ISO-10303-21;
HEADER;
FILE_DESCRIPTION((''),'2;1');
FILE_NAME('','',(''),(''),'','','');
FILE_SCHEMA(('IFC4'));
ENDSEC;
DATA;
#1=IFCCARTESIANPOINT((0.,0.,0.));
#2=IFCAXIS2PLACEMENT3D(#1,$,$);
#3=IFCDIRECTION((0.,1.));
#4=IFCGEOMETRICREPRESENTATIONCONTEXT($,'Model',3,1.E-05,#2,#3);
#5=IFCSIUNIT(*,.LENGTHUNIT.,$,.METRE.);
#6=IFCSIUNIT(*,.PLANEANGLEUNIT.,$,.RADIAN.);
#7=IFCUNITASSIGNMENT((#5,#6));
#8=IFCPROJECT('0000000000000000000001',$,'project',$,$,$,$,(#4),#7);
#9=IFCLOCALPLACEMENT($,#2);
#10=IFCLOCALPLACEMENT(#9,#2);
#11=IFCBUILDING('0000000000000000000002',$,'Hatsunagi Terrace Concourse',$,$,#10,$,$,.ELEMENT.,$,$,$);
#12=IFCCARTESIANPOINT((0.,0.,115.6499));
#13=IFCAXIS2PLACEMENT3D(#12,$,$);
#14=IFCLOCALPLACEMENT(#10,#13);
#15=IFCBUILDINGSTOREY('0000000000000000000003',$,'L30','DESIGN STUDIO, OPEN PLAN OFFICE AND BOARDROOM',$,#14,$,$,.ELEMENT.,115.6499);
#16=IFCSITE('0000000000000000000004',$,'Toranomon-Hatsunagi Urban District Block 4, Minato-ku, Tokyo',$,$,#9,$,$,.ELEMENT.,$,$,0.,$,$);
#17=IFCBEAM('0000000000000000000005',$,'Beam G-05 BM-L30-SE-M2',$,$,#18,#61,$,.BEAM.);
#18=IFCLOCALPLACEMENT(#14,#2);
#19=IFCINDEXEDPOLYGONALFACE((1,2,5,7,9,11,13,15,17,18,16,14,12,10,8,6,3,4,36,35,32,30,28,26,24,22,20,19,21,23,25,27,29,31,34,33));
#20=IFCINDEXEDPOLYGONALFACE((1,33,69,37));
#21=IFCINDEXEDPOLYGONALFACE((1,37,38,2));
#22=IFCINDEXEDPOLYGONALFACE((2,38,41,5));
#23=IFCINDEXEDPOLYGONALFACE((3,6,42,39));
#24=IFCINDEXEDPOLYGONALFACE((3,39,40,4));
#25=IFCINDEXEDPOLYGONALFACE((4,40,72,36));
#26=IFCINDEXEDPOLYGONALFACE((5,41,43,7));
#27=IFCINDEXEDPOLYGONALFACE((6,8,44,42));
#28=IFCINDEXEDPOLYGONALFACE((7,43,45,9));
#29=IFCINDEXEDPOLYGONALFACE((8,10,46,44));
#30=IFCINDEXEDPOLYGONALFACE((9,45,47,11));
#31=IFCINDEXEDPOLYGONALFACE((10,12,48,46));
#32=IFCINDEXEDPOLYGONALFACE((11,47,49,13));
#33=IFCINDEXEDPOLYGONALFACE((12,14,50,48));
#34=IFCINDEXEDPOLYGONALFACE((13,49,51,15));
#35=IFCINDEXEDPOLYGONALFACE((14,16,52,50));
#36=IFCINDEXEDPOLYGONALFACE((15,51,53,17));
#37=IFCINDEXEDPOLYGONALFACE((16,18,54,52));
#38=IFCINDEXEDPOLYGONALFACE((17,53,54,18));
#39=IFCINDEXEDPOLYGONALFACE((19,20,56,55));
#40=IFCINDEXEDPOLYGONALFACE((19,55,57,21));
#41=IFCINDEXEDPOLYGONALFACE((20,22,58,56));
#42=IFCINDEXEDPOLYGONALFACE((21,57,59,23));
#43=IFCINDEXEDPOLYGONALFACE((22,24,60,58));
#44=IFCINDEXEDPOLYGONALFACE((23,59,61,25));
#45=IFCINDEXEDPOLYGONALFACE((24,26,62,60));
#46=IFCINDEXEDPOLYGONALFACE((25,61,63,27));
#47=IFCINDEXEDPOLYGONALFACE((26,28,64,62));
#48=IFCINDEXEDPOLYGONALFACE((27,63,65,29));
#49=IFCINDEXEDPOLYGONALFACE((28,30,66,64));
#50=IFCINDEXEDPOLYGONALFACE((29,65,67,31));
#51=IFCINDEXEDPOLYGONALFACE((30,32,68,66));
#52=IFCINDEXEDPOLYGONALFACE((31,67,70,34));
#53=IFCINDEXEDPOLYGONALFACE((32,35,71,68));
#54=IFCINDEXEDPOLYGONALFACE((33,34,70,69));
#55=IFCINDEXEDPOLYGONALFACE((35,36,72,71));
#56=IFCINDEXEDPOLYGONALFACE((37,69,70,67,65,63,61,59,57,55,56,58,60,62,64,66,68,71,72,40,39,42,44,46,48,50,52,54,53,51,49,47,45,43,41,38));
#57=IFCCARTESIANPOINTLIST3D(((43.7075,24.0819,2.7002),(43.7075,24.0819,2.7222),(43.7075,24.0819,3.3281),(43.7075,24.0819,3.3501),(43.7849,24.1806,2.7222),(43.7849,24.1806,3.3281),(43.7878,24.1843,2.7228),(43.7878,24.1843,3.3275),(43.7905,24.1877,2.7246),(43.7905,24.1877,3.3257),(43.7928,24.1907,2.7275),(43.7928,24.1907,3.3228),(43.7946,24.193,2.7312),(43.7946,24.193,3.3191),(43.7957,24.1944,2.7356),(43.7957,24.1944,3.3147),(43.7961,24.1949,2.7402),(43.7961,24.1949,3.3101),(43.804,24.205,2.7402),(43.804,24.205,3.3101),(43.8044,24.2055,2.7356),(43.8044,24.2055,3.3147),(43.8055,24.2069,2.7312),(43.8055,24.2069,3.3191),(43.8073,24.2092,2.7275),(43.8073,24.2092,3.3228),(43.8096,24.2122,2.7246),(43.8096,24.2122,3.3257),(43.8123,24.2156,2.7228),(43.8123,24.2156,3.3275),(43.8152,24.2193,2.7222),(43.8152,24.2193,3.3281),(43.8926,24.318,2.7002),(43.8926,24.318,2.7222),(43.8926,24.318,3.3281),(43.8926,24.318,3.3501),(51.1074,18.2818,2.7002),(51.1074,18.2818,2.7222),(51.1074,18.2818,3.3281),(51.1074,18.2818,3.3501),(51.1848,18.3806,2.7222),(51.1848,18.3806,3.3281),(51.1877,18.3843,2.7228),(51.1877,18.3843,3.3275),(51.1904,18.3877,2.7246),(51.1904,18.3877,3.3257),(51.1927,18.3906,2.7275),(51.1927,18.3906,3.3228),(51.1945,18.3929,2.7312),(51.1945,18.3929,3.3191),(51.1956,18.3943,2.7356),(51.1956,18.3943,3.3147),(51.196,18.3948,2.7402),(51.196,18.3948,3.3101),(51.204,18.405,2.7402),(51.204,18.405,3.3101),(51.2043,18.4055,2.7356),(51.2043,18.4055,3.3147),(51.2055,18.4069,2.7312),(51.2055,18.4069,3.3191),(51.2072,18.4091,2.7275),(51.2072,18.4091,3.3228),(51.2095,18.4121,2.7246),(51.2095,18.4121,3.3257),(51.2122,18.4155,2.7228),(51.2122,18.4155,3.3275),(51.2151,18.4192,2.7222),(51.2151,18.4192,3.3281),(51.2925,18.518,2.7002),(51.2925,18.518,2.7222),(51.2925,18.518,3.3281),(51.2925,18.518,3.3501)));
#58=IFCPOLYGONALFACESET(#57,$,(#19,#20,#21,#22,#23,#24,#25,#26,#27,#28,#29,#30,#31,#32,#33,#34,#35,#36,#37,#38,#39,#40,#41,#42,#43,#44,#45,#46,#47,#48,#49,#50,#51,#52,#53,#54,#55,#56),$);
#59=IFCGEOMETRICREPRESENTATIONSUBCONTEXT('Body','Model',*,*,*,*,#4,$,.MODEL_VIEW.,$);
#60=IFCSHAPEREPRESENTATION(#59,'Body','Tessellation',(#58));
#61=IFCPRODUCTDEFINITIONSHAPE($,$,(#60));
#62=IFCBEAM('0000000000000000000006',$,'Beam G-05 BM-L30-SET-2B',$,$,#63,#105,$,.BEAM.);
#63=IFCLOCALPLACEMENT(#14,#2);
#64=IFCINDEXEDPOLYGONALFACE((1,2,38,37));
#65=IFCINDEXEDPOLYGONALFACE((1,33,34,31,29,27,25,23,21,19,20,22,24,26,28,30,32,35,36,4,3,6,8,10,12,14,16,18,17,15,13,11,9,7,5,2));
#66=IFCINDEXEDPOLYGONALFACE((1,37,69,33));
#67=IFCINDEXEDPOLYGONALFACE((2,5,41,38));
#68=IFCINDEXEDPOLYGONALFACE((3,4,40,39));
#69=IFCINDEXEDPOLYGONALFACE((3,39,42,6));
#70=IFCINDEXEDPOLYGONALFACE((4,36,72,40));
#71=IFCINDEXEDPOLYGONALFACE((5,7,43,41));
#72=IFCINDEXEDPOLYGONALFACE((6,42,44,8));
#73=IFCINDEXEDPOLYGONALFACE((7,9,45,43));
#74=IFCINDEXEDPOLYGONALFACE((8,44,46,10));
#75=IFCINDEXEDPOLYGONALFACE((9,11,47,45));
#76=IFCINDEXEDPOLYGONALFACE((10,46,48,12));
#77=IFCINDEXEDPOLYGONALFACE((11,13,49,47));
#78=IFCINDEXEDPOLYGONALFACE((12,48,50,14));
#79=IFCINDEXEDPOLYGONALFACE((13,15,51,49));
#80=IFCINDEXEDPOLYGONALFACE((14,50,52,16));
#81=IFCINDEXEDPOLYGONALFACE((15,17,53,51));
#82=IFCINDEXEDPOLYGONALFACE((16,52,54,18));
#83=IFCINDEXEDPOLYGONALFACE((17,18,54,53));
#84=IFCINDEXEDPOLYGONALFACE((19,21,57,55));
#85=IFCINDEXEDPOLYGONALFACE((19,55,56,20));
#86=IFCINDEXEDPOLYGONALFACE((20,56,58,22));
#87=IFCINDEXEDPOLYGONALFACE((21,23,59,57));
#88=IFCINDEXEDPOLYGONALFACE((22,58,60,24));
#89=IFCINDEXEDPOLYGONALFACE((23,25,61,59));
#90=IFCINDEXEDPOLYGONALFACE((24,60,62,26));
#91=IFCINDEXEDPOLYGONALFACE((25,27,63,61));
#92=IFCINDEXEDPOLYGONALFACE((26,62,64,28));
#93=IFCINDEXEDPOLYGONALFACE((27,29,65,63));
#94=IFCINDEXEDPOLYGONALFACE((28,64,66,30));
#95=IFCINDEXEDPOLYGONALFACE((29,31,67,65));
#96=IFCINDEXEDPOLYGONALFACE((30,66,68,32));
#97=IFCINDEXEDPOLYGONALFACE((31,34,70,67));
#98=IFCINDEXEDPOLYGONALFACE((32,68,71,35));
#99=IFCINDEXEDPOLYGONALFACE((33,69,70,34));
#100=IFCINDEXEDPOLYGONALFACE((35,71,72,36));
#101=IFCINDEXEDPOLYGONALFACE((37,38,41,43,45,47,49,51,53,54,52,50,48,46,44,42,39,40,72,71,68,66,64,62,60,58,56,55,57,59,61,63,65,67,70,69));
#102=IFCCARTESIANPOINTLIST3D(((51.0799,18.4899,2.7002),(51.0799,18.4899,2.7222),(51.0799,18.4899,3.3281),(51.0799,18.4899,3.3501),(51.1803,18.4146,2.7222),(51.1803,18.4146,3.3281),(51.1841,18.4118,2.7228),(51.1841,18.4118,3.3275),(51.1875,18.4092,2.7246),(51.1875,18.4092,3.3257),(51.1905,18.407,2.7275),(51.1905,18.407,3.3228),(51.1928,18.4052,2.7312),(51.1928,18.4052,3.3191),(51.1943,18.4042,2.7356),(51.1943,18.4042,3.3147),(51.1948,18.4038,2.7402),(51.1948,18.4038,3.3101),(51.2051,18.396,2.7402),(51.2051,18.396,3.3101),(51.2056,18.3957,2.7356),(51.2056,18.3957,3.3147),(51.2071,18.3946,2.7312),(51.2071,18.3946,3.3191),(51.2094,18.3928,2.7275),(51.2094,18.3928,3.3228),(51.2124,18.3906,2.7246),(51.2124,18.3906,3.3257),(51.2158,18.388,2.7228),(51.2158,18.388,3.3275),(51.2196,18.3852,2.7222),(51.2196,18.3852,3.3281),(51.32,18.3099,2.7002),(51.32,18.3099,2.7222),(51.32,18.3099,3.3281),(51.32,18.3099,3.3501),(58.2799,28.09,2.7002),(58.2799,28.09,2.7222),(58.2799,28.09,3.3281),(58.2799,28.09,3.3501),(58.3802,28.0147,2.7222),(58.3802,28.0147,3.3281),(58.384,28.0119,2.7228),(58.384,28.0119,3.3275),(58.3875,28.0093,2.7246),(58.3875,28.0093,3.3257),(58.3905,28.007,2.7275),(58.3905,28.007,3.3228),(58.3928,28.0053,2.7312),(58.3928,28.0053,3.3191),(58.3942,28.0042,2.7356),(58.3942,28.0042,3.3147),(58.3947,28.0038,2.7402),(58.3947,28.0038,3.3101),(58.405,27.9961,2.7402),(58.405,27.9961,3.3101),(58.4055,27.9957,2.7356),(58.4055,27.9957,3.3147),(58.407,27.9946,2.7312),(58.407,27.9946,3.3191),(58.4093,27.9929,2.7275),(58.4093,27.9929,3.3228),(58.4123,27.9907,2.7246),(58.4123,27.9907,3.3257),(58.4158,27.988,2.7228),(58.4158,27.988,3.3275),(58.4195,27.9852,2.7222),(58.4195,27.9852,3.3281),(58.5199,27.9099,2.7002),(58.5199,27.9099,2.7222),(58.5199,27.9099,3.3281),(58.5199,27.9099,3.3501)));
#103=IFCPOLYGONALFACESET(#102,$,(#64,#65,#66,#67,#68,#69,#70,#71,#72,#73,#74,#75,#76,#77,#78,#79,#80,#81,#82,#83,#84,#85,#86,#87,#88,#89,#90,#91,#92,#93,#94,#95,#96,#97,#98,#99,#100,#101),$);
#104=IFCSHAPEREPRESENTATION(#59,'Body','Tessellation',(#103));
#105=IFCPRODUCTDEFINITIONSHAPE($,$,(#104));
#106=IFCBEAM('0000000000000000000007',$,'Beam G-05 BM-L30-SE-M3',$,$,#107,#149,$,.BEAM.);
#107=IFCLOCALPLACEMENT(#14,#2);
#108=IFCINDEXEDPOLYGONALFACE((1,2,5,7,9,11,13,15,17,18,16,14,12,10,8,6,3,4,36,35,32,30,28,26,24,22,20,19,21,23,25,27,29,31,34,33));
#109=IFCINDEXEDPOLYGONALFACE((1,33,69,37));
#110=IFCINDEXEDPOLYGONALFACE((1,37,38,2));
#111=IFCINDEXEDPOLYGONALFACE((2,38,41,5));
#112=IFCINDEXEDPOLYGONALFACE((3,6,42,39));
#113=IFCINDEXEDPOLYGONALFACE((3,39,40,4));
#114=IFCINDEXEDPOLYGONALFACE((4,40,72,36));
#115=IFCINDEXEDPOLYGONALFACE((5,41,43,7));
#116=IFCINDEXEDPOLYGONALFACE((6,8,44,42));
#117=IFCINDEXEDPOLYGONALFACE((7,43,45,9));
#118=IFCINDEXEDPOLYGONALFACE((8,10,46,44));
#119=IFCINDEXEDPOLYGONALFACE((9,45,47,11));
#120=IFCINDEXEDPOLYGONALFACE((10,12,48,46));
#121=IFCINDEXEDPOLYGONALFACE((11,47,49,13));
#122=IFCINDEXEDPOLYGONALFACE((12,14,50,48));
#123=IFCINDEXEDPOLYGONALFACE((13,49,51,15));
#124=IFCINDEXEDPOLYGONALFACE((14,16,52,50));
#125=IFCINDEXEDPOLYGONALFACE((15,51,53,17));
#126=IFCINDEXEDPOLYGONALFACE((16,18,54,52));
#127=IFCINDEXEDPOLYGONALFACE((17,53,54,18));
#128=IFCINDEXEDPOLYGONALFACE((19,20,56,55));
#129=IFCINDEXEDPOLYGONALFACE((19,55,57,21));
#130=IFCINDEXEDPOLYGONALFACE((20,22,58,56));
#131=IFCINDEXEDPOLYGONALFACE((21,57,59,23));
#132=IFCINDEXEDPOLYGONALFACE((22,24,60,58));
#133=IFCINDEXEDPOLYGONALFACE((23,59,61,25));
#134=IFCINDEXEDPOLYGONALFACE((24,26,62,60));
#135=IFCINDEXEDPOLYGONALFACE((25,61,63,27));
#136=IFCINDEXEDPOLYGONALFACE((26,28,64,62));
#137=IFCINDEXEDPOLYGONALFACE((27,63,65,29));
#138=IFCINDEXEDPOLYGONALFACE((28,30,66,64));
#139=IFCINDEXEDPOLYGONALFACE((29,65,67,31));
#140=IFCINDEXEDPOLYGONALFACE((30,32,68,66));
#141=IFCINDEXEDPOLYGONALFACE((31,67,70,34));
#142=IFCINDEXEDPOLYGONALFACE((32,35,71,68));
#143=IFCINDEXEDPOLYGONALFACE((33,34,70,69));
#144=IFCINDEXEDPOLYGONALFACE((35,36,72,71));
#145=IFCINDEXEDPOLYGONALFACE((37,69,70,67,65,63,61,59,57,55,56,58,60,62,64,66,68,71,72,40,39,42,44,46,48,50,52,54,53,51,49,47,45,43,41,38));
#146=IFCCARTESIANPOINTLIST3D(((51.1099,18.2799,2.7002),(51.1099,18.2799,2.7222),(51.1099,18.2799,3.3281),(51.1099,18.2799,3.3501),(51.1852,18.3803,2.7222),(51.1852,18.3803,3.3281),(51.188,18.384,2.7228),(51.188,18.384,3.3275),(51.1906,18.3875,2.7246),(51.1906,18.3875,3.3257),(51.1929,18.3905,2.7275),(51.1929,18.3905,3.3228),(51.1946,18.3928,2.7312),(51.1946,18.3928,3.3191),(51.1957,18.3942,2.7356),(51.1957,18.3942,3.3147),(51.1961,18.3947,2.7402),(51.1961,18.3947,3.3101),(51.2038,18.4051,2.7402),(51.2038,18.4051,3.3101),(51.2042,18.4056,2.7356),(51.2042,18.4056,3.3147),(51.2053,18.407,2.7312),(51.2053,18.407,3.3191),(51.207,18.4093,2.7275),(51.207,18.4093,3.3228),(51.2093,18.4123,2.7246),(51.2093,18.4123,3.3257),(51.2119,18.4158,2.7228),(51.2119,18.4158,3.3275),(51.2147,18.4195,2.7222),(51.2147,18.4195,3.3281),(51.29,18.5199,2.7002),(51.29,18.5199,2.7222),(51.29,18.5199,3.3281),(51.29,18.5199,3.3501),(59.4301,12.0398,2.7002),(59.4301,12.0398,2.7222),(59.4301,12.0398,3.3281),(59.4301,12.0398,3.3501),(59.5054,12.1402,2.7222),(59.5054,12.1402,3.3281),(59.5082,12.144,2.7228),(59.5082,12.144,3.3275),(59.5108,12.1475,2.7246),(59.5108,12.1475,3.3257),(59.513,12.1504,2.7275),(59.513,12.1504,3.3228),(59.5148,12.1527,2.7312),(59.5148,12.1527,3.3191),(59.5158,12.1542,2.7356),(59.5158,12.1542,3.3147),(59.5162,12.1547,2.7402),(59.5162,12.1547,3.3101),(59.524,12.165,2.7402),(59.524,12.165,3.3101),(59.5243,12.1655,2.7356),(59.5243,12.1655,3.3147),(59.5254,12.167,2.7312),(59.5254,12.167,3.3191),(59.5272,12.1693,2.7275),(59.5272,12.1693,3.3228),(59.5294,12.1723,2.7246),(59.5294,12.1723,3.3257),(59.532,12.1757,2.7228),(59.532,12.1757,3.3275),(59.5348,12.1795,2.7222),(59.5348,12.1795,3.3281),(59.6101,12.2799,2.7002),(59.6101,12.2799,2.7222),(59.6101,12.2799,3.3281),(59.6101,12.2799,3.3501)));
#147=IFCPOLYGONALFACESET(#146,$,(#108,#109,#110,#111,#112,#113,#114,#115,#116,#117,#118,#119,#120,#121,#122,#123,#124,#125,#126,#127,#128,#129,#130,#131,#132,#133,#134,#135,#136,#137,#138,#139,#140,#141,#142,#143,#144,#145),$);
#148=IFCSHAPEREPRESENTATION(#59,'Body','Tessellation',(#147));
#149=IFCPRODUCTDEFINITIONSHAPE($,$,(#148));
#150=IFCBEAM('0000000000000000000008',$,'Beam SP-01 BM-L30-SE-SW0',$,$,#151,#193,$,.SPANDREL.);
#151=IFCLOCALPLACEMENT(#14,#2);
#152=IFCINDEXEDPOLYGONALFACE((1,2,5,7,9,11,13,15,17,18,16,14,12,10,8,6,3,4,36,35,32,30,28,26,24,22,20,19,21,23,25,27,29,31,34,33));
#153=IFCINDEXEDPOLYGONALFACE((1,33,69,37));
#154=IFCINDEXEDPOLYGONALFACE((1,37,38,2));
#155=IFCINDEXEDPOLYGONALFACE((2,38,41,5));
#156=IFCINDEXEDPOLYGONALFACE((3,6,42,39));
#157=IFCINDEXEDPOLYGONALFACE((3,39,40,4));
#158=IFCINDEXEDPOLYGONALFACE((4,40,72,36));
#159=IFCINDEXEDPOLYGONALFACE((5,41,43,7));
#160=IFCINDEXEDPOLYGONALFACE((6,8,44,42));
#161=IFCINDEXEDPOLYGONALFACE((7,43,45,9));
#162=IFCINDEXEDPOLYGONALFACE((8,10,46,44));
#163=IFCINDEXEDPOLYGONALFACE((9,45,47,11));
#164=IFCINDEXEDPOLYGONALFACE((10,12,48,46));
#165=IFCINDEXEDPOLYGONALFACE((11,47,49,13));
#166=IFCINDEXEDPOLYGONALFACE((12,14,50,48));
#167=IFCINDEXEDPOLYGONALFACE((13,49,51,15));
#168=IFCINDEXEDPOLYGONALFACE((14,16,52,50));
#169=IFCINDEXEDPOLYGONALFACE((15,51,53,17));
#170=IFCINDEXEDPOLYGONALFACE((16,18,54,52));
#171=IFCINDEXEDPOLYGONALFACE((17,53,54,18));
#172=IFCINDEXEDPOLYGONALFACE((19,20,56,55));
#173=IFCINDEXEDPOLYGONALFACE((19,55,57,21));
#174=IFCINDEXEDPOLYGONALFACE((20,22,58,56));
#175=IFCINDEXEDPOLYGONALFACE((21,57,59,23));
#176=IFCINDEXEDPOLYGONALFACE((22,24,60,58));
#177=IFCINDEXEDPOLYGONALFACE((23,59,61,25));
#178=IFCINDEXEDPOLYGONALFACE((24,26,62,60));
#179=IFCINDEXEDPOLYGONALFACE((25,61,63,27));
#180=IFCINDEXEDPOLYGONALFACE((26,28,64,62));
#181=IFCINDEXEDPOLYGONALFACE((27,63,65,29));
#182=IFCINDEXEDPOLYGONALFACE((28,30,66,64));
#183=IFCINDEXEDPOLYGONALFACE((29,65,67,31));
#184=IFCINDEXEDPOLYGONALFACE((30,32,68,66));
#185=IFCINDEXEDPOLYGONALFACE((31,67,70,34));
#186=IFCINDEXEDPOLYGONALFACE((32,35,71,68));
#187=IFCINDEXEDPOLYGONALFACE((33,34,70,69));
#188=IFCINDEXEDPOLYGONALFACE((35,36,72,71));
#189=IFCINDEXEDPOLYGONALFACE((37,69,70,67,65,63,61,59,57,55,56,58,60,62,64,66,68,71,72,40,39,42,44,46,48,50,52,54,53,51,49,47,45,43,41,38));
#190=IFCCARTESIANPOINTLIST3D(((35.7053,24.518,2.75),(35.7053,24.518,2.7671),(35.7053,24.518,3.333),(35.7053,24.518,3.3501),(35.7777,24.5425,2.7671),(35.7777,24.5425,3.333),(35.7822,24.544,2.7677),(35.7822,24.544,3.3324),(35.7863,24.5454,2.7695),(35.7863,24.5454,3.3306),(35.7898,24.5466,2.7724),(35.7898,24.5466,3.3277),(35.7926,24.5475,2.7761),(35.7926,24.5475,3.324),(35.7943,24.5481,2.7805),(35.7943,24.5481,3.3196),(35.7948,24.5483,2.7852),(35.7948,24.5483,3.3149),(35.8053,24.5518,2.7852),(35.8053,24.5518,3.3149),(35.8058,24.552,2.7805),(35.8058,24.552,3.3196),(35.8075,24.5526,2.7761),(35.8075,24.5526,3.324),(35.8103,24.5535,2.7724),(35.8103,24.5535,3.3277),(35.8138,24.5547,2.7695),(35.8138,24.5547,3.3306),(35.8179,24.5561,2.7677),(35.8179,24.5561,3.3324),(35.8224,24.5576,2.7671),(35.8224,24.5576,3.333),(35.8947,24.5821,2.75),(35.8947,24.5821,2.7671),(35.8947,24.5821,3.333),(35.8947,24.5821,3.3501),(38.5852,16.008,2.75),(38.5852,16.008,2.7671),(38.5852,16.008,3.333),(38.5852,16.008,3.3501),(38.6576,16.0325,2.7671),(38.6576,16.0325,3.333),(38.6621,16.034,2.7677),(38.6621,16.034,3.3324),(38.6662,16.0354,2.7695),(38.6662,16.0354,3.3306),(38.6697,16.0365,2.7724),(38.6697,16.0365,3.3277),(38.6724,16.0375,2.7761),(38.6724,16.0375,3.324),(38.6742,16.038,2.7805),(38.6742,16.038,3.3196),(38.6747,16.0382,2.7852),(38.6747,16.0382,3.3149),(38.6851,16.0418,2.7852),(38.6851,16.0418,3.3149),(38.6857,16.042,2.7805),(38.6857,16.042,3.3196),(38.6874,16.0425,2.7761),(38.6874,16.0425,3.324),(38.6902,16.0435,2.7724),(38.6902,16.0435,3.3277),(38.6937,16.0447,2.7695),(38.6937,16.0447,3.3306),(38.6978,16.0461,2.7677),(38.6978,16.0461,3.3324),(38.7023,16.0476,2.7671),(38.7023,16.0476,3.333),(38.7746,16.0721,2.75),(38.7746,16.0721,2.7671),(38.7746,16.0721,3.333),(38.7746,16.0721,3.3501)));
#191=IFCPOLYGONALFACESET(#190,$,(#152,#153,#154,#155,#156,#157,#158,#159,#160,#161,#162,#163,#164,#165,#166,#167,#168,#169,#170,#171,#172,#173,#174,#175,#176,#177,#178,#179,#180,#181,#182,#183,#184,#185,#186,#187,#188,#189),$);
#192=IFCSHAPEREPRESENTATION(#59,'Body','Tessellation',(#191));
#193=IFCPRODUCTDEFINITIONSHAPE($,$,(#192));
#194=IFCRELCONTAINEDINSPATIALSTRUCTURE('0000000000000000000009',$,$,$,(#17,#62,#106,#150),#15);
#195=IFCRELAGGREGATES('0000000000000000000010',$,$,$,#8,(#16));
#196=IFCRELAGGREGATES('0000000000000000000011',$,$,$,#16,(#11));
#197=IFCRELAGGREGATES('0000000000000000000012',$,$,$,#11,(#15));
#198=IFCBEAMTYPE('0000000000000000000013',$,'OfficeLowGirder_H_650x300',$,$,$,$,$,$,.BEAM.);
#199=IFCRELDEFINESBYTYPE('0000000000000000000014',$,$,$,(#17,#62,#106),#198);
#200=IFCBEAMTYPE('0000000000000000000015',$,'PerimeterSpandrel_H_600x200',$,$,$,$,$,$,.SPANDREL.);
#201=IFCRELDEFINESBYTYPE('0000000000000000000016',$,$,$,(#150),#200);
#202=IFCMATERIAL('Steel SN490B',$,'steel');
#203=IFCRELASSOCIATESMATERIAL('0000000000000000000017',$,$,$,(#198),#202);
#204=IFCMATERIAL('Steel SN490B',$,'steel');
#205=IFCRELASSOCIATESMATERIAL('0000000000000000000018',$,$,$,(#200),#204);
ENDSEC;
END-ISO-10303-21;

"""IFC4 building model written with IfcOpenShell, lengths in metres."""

from ifc_helpers import new_model, si_unit, direction, frame, origin, origin_2d, place, context, subcontext, project, spatial, i_section, extrude, material, material_profile, profile_set, type_object, element, save


model = new_model("IFC4")

# Units and contexts
model_context = context("Model", 3, precision=1e-05, world=origin(), true_north=direction((0.0, 1.0)))
body_context = subcontext(model_context, "Body", "Model", "MODEL_VIEW")
ifc_project = project(units=[si_unit("LENGTHUNIT", "METRE"), si_unit("PLANEANGLEUNIT", "RADIAN")], contexts=[model_context])

# Site, building, storey
site_placement = place(None, origin())
site = spatial("IfcSite", under=ifc_project, at=site_placement, Name="Toranomon-Hatsunagi Urban District Block 4, Minato-ku, Tokyo", CompositionType="ELEMENT", RefElevation=0.0)
building_placement = place(site_placement, origin())
building = spatial("IfcBuilding", under=site, at=building_placement, Name="Hatsunagi Terrace Concourse", CompositionType="ELEMENT")
storey_placement = place(building_placement, frame((0.0, 0.0, 115.6499)))
storey = spatial("IfcBuildingStorey", under=building, at=storey_placement, Name="L30", Description="DESIGN STUDIO, OPEN PLAN OFFICE AND BOARDROOM", CompositionType="ELEMENT", Elevation=115.6499)

# Beams
ifc_material_1 = material(Name="Steel SN490B", Category="steel")
ifc_material_profile_1 = material_profile(ifc_material_1, i_section(OverallWidth=0.3, OverallDepth=0.6499, WebThickness=0.0129, FlangeThickness=0.022, FilletRadius=0.0181, at=origin_2d()), Name="H-650x300x13x22")
ifc_profile_set_1 = profile_set([ifc_material_profile_1], Name="Steel SN490B")
beam_type_1 = type_object("IfcBeamType", Name="OfficeLowGirder_H_650x300", PredefinedType="BEAM", material=ifc_profile_set_1)
beam_1_placement = place(storey_placement, frame((43.8, 24.2, 3.0251), z_axis=(0.787049, -0.61689, 0.0), x_axis=(0.61689, 0.787049, 0.0)))
element("IfcBeam", 1, at=beam_1_placement, inside=storey, type_object=beam_type_1, Name="Beam G-05 BM-L30-SE-M2", PredefinedType="BEAM", context=body_context, shape_type="SweptSolid", body=[
    extrude(i_section(OverallWidth=0.3, OverallDepth=0.6499, WebThickness=0.0129, FlangeThickness=0.022, FilletRadius=0.0181, at=origin_2d()), origin(), (0.0, 0.0, 1.0), 9.4021),
])
beam_2_placement = place(storey_placement, frame((51.2, 18.3999, 3.0251), z_axis=(0.599993, 0.800005, 0.0), x_axis=(-0.800005, 0.599993, 0.0)))
element("IfcBeam", 2, at=beam_2_placement, inside=storey, type_object=beam_type_1, Name="Beam G-05 BM-L30-SET-2B", PredefinedType="BEAM", context=body_context, shape_type="SweptSolid", body=[
    extrude(i_section(OverallWidth=0.3, OverallDepth=0.6499, WebThickness=0.0129, FlangeThickness=0.022, FilletRadius=0.0181, at=origin_2d()), origin(), (0.0, 0.0, 1.0), 12.0),
])
beam_3_placement = place(storey_placement, frame((51.2, 18.3999, 3.0251), z_axis=(0.800003, -0.599996, 0.0), x_axis=(0.599996, 0.800003, 0.0)))
element("IfcBeam", 3, at=beam_3_placement, inside=storey, type_object=beam_type_1, Name="Beam G-05 BM-L30-SE-M3", PredefinedType="BEAM", context=body_context, shape_type="SweptSolid", body=[
    extrude(i_section(OverallWidth=0.3, OverallDepth=0.6499, WebThickness=0.0129, FlangeThickness=0.022, FilletRadius=0.0181, at=origin_2d()), origin(), (0.0, 0.0, 1.0), 10.4001),
])
ifc_material_2 = material(Name="Steel SN490B", Category="steel")
ifc_material_profile_2 = material_profile(ifc_material_2, i_section(OverallWidth=0.2, OverallDepth=0.6001, WebThickness=0.011, FlangeThickness=0.0171, FilletRadius=0.0181, at=origin_2d()), Name="H-600x200x11x17")
ifc_profile_set_2 = profile_set([ifc_material_profile_2], Name="Steel SN490B")
beam_type_2 = type_object("IfcBeamType", Name="PerimeterSpandrel_H_600x200", PredefinedType="SPANDREL", material=ifc_profile_set_2)
beam_4_placement = place(storey_placement, frame((35.8, 24.55, 3.05), z_axis=(0.320553, -0.94723, 0.0), x_axis=(0.94723, 0.320553, 0.0)))
element("IfcBeam", 4, at=beam_4_placement, inside=storey, type_object=beam_type_2, Name="Beam SP-01 BM-L30-SE-SW0", PredefinedType="SPANDREL", context=body_context, shape_type="SweptSolid", body=[
    extrude(i_section(OverallWidth=0.2, OverallDepth=0.6001, WebThickness=0.011, FlangeThickness=0.0171, FilletRadius=0.0181, at=origin_2d()), origin(), (0.0, 0.0, 1.0), 8.9841),
])

save(model, "model.ifc")
